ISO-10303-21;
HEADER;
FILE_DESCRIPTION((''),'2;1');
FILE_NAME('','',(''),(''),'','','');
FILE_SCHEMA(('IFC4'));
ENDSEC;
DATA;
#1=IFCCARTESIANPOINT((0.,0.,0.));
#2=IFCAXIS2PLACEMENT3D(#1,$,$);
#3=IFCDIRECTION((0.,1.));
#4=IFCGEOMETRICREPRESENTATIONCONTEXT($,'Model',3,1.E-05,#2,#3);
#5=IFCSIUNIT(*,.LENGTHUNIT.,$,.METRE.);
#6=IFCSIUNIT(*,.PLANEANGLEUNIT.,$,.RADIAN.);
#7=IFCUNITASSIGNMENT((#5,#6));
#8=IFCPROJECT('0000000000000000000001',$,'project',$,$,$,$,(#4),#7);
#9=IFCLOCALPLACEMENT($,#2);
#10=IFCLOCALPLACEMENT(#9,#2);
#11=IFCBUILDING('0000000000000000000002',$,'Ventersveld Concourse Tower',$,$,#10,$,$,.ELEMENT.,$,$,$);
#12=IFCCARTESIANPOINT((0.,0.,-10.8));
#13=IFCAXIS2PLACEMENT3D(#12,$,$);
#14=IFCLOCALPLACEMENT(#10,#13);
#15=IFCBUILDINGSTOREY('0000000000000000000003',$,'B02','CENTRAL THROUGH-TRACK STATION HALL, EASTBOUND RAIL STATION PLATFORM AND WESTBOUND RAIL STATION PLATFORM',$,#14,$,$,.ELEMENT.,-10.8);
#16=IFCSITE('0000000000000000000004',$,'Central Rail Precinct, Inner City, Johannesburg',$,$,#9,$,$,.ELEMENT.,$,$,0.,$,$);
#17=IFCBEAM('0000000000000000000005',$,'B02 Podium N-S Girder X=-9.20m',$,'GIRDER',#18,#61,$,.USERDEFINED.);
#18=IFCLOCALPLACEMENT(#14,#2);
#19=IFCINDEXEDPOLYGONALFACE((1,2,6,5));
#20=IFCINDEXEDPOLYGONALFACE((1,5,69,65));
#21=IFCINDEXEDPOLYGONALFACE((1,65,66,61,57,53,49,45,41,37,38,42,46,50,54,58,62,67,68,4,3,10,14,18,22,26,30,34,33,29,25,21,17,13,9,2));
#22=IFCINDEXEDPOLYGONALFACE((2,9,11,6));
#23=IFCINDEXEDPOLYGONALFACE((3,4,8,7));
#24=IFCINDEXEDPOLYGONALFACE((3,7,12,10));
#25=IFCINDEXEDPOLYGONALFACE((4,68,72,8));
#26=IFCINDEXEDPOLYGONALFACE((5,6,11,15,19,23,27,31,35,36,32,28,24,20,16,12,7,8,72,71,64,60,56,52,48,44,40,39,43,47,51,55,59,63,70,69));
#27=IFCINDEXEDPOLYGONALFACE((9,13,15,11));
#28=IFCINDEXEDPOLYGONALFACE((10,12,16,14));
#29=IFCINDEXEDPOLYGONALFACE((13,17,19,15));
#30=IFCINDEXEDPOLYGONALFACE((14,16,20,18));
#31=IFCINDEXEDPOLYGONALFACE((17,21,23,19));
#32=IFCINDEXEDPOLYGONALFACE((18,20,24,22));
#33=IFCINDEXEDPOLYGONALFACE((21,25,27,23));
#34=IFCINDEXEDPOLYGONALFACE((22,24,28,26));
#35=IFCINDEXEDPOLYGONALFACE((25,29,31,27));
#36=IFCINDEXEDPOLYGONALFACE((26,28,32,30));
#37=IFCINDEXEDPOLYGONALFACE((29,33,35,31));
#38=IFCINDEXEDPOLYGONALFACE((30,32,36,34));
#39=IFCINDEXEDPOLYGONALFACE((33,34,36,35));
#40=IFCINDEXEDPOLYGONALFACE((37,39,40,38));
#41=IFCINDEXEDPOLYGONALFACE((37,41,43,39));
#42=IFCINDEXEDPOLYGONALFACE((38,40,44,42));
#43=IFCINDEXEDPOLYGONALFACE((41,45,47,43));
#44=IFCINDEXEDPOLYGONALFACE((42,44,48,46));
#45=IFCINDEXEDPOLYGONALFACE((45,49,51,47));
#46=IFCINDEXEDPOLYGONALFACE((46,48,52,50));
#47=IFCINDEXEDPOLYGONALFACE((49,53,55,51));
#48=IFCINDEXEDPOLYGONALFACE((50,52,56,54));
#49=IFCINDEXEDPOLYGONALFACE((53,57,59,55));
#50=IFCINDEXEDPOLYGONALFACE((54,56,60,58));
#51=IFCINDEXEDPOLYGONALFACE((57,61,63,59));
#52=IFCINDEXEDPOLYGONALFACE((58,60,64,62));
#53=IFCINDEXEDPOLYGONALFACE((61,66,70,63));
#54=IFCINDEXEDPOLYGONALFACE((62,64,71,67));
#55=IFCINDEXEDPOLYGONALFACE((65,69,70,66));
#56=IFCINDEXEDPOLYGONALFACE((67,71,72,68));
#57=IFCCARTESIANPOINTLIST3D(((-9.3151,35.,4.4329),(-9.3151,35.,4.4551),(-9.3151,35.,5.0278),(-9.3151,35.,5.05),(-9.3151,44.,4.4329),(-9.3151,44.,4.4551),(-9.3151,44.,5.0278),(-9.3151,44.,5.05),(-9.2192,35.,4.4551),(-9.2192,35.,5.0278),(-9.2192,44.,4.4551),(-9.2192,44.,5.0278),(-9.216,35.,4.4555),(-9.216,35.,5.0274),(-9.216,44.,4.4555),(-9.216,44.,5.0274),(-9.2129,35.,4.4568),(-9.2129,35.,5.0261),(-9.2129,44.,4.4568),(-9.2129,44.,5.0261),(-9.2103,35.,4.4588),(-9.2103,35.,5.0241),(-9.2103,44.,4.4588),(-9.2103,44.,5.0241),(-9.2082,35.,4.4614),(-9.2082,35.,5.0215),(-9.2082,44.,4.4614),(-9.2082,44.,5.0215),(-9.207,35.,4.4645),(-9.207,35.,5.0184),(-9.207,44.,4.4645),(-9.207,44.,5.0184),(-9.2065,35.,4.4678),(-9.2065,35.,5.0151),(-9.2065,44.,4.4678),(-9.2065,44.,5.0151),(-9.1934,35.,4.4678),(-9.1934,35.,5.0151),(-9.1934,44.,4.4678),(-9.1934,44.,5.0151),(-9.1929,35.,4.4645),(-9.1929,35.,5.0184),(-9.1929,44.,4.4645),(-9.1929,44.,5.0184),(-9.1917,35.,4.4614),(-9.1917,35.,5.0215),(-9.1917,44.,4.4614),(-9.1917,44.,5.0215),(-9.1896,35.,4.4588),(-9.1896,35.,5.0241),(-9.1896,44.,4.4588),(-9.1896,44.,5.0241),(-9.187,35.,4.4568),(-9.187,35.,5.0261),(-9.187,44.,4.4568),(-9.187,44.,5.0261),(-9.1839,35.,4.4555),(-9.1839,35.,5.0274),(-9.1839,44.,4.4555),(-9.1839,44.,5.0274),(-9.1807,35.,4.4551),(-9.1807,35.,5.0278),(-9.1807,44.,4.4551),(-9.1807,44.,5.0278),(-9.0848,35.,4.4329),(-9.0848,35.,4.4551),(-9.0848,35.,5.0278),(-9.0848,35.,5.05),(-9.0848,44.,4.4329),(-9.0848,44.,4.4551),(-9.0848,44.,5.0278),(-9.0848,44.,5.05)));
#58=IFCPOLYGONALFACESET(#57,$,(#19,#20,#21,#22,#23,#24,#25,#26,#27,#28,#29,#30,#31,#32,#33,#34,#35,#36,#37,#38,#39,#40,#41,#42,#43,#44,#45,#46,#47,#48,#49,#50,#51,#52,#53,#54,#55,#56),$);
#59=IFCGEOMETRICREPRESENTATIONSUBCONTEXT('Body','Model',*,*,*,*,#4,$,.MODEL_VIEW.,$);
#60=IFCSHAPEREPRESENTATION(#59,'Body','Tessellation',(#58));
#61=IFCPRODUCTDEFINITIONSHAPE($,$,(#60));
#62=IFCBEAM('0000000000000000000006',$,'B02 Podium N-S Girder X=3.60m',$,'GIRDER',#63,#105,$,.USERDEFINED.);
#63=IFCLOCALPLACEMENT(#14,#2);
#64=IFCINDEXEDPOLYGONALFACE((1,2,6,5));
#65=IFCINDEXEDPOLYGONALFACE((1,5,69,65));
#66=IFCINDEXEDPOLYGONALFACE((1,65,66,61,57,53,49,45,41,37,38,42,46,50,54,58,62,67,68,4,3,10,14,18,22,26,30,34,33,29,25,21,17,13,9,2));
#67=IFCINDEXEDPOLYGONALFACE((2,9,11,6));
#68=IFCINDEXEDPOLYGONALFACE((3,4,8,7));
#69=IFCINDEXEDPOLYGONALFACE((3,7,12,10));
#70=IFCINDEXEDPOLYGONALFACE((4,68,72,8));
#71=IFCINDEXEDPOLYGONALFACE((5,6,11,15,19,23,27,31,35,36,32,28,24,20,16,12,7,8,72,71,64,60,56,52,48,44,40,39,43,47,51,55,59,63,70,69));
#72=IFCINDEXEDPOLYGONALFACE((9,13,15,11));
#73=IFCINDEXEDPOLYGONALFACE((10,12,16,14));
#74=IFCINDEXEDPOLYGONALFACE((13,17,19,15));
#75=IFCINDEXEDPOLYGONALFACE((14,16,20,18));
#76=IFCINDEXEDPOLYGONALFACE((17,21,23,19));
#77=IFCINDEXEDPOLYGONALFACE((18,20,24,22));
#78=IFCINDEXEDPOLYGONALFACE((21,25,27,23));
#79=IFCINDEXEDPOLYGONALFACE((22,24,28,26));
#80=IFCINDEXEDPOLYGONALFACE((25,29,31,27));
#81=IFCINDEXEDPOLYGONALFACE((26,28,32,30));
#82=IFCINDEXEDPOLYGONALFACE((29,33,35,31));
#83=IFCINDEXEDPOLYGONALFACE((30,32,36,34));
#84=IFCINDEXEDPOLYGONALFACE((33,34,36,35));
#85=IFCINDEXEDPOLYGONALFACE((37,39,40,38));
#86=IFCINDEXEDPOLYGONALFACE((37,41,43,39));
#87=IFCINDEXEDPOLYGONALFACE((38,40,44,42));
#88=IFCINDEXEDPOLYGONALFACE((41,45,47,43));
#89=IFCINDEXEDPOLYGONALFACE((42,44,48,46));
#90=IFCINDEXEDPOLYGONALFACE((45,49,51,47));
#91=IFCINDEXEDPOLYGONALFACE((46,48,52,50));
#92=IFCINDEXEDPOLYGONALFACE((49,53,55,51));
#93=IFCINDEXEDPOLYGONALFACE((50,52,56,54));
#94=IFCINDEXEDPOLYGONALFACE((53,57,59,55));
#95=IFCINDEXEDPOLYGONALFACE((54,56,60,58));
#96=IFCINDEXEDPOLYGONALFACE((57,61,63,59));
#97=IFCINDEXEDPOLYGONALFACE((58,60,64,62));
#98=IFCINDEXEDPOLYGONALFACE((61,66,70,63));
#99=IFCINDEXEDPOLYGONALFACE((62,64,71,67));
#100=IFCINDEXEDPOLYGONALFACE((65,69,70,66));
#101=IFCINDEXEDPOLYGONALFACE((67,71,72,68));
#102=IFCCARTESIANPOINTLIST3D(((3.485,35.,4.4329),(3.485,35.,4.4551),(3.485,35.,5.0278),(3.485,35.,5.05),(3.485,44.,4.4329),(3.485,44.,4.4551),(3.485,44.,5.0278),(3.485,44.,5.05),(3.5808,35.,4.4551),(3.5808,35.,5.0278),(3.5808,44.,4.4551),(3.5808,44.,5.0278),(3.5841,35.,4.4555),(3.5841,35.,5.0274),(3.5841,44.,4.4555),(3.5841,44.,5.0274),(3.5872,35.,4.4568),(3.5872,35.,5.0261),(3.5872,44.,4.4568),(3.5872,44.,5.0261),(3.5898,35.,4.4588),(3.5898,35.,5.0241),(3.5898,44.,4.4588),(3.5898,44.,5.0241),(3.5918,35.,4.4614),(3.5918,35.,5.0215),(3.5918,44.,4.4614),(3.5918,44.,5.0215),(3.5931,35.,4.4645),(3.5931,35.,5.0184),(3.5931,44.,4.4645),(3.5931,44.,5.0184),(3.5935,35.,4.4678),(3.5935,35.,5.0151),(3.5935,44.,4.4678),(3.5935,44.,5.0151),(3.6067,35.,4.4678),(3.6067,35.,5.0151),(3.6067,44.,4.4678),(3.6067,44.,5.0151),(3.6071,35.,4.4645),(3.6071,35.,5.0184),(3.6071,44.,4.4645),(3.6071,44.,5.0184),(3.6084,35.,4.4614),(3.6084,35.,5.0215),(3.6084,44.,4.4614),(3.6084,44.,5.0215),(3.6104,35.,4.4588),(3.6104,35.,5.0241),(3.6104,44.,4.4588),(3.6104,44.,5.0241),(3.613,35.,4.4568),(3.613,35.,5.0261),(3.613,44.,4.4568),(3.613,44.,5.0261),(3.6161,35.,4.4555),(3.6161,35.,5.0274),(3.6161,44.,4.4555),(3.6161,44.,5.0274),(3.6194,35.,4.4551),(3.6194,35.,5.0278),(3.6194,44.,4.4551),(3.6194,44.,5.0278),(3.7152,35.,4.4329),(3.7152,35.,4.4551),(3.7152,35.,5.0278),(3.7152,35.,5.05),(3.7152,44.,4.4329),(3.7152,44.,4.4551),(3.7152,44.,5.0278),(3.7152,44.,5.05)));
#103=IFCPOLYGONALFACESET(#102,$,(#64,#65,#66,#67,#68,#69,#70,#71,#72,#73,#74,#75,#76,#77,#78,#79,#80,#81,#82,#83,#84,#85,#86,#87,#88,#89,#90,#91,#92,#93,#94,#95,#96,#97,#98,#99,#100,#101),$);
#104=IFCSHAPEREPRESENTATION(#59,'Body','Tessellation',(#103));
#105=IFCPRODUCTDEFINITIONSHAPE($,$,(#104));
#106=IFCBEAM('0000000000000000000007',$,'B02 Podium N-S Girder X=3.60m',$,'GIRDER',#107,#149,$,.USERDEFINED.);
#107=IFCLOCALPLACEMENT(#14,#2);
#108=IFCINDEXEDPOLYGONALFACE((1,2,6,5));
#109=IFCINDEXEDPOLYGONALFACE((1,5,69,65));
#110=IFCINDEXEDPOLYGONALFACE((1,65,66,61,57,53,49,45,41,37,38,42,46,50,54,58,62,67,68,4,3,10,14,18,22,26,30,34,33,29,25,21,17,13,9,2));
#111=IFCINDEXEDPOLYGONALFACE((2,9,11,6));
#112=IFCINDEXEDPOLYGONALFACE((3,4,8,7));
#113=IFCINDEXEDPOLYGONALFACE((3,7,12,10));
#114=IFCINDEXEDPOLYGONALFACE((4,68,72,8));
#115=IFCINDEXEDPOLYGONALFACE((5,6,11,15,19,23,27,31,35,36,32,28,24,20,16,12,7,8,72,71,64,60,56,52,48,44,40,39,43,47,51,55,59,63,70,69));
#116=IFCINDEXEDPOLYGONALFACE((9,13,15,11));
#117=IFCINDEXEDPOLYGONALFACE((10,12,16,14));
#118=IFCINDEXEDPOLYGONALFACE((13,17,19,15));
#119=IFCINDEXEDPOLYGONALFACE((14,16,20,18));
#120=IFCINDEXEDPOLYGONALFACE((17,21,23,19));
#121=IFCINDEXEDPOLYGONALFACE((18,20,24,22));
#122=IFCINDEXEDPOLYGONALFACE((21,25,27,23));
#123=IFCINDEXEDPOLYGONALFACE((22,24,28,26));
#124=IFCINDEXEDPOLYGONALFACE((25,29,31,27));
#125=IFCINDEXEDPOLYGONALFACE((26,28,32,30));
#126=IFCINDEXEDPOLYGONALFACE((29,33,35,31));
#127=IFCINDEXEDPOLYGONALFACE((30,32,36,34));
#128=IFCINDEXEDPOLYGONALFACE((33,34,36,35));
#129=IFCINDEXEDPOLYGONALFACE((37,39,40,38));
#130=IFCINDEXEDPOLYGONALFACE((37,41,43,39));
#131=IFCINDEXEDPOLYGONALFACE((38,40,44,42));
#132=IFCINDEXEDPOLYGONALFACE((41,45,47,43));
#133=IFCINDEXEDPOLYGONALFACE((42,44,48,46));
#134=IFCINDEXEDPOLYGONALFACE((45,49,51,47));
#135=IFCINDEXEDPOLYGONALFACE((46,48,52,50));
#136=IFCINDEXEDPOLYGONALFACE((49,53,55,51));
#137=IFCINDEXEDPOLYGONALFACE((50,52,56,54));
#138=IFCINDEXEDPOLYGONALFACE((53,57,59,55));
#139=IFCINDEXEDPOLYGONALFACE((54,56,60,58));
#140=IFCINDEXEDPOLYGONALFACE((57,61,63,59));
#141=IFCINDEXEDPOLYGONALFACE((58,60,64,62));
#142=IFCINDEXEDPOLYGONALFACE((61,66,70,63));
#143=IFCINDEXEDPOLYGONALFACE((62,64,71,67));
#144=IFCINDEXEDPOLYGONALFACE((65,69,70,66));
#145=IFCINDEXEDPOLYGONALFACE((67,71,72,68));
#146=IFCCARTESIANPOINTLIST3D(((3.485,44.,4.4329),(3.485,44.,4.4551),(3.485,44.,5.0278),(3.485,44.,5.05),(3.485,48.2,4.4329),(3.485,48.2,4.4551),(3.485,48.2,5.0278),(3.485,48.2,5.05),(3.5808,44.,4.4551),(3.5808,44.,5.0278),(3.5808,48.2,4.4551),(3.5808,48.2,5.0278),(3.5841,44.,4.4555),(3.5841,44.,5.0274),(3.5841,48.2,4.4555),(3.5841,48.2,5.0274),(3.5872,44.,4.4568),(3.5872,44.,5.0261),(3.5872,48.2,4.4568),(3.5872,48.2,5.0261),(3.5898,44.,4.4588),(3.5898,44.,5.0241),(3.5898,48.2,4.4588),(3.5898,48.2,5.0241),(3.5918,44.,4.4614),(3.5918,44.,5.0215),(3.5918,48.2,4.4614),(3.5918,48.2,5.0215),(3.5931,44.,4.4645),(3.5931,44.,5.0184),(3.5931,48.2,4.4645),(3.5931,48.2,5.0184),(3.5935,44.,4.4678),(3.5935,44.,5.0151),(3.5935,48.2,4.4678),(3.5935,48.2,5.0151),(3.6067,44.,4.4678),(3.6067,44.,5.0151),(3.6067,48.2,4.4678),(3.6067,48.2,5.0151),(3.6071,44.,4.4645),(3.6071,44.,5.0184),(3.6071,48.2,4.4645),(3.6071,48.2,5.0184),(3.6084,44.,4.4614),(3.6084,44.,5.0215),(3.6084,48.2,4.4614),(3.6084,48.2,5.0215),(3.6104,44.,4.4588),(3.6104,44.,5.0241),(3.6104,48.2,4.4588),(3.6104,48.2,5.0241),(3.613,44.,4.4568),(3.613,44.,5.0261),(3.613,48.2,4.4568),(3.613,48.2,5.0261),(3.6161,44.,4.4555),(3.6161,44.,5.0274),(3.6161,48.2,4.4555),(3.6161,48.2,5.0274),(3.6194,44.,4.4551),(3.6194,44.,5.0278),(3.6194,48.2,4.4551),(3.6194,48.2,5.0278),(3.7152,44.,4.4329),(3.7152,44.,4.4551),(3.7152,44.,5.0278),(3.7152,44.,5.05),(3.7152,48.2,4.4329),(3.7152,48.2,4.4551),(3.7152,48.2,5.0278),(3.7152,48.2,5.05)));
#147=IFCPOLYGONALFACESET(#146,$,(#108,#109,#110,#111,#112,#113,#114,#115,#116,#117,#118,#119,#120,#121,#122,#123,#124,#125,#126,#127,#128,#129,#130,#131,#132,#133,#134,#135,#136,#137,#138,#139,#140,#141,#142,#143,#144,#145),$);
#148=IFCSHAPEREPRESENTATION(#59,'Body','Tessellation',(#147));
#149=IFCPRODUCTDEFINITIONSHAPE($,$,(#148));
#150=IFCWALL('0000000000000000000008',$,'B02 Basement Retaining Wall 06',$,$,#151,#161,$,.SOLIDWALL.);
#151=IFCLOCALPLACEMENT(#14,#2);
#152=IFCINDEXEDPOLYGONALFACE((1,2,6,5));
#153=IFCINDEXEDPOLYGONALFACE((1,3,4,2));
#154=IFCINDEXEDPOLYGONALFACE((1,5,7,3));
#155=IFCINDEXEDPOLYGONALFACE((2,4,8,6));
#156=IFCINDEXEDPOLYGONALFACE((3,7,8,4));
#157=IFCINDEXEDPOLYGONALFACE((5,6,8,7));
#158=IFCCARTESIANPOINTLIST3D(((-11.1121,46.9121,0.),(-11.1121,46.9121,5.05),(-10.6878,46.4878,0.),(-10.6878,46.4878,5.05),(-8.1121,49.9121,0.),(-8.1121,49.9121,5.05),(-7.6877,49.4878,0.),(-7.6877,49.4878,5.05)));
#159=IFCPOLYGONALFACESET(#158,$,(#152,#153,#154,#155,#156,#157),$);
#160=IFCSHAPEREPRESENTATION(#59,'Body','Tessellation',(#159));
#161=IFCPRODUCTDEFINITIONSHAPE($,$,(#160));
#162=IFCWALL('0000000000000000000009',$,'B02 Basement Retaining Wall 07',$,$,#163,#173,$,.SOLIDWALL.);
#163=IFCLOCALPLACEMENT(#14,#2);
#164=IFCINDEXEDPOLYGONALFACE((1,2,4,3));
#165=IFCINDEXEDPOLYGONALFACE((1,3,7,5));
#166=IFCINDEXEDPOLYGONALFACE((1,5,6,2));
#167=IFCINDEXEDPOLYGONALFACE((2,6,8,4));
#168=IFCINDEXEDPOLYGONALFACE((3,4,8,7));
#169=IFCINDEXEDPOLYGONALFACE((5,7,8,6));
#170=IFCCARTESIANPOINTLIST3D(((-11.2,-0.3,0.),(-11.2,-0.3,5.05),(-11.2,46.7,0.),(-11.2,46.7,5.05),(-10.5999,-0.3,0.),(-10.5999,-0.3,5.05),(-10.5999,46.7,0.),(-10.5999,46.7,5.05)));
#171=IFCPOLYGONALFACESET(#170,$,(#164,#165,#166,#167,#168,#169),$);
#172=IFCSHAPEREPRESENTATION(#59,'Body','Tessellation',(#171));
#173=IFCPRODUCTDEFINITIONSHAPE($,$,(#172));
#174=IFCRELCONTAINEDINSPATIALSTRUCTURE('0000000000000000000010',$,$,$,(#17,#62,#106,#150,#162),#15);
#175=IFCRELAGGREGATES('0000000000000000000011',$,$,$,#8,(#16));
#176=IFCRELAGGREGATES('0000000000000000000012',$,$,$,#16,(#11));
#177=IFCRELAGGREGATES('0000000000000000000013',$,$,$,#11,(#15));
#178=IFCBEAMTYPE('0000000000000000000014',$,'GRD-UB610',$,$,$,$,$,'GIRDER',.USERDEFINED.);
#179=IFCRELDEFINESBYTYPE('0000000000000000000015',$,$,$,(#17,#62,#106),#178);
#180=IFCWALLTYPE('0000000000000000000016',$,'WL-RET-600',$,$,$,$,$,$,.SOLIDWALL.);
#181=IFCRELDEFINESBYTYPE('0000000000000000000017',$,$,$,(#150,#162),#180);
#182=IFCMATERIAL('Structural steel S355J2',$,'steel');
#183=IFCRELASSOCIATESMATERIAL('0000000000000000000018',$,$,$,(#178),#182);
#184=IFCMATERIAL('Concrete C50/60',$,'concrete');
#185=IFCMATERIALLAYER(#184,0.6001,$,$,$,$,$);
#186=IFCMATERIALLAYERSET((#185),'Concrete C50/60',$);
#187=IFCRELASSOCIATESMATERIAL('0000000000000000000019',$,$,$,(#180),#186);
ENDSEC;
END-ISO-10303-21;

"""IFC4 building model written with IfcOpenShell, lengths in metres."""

from ifc_helpers import new_model, si_unit, direction, frame, frame_2d, origin, origin_2d, place, context, subcontext, project, spatial, rectangle, i_section, extrude, material, layer, layer_set, material_profile, profile_set, type_object, element, save


model = new_model("IFC4")

# Units and contexts
model_context = context("Model", 3, precision=1e-05, world=origin(), true_north=direction((0.0, 1.0)))
body_context = subcontext(model_context, "Body", "Model", "MODEL_VIEW")
ifc_project = project(units=[si_unit("LENGTHUNIT", "METRE"), si_unit("PLANEANGLEUNIT", "RADIAN")], contexts=[model_context])

# Site, building, storey
site_placement = place(None, origin())
site = spatial("IfcSite", under=ifc_project, at=site_placement, Name="Central Rail Precinct, Inner City, Johannesburg", CompositionType="ELEMENT", RefElevation=0.0)
building_placement = place(site_placement, origin())
building = spatial("IfcBuilding", under=site, at=building_placement, Name="Ventersveld Concourse Tower", CompositionType="ELEMENT")
storey_placement = place(building_placement, frame((0.0, 0.0, -10.8)))
storey = spatial("IfcBuildingStorey", under=building, at=storey_placement, Name="B02", Description="CENTRAL THROUGH-TRACK STATION HALL, EASTBOUND RAIL STATION PLATFORM AND WESTBOUND RAIL STATION PLATFORM", CompositionType="ELEMENT", Elevation=-10.8)

# Shared definitions
ifc_material_1 = material(Name="Concrete C50/60", Category="concrete")

# Beams
ifc_material_2 = material(Name="Structural steel S355J2", Category="steel")
ifc_material_profile_1 = material_profile(ifc_material_2, i_section(OverallWidth=0.2302, OverallDepth=0.6172, WebThickness=0.0132, FlangeThickness=0.0222, FilletRadius=0.0127, at=origin_2d()), Name="UB 610x229x140")
ifc_profile_set_1 = profile_set([ifc_material_profile_1], Name="Structural steel S355J2")
beam_type_1 = type_object("IfcBeamType", Name="GRD-UB610", ElementType="GIRDER", PredefinedType="USERDEFINED", material=ifc_profile_set_1)
for number, where, z_axis, x_axis, name in (
    (1, (-9.2, 35.0, 4.7415), (0.0, 1.0, 0.0), (-1.0, 0.0, 0.0), "B02 Podium N-S Girder X=-9.20m"),
    (2, (3.6001, 35.0, 4.7415), (0.0, 1.0, 0.0), (-1.0, 0.0, 0.0), "B02 Podium N-S Girder X=3.60m"),
):
    element("IfcBeam", number, at=place(storey_placement, frame(where, z_axis=z_axis, x_axis=x_axis)), inside=storey, type_object=beam_type_1, Name=name, ObjectType="GIRDER", PredefinedType="USERDEFINED", context=body_context, shape_type="SweptSolid", body=[
        extrude(i_section(OverallWidth=0.2302, OverallDepth=0.6172, WebThickness=0.0132, FlangeThickness=0.0222, FilletRadius=0.0127, at=origin_2d()), origin(), (0.0, 0.0, 1.0), 9.0),
    ])
beam_1_placement = place(storey_placement, frame((3.6001, 44.0, 4.7415), z_axis=(0.0, 1.0, 0.0), x_axis=(-1.0, 0.0, 0.0)))
element("IfcBeam", 3, at=beam_1_placement, inside=storey, type_object=beam_type_1, Name="B02 Podium N-S Girder X=3.60m", ObjectType="GIRDER", PredefinedType="USERDEFINED", context=body_context, shape_type="SweptSolid", body=[
    extrude(i_section(OverallWidth=0.2302, OverallDepth=0.6172, WebThickness=0.0132, FlangeThickness=0.0222, FilletRadius=0.0127, at=origin_2d()), origin(), (0.0, 0.0, 1.0), 4.2),
])

# Walls
ifc_layer = layer(ifc_material_1, 0.6001)
ifc_layer_set = layer_set([ifc_layer], Name="Concrete C50/60")
wall_type = type_object("IfcWallType", Name="WL-RET-600", PredefinedType="SOLIDWALL", material=ifc_layer_set)
wall_1_placement = place(storey_placement, frame((-7.8999, 49.7, 0.0), z_axis=(0.0, 0.0, 1.0), x_axis=(-0.707107, -0.707107, 0.0)))
element("IfcWall", 4, at=wall_1_placement, inside=storey, type_object=wall_type, Name="B02 Basement Retaining Wall 06", PredefinedType="SOLIDWALL", context=body_context, shape_type="SweptSolid", body=[
    extrude(rectangle(XDim=4.2427, YDim=0.6001, at=frame_2d((2.1213, 0.0))), origin(), (0.0, 0.0, 1.0), 5.05),
])
wall_2_placement = place(storey_placement, frame((-10.8999, 46.7, 0.0), z_axis=(0.0, 0.0, 1.0), x_axis=(0.0, -1.0, 0.0)))
element("IfcWall", 5, at=wall_2_placement, inside=storey, type_object=wall_type, Name="B02 Basement Retaining Wall 07", PredefinedType="SOLIDWALL", context=body_context, shape_type="SweptSolid", body=[
    extrude(rectangle(XDim=47.0, YDim=0.6001, at=frame_2d((23.5, 0.0))), origin(), (0.0, 0.0, 1.0), 5.05),
])

save(model, "model.ifc")
